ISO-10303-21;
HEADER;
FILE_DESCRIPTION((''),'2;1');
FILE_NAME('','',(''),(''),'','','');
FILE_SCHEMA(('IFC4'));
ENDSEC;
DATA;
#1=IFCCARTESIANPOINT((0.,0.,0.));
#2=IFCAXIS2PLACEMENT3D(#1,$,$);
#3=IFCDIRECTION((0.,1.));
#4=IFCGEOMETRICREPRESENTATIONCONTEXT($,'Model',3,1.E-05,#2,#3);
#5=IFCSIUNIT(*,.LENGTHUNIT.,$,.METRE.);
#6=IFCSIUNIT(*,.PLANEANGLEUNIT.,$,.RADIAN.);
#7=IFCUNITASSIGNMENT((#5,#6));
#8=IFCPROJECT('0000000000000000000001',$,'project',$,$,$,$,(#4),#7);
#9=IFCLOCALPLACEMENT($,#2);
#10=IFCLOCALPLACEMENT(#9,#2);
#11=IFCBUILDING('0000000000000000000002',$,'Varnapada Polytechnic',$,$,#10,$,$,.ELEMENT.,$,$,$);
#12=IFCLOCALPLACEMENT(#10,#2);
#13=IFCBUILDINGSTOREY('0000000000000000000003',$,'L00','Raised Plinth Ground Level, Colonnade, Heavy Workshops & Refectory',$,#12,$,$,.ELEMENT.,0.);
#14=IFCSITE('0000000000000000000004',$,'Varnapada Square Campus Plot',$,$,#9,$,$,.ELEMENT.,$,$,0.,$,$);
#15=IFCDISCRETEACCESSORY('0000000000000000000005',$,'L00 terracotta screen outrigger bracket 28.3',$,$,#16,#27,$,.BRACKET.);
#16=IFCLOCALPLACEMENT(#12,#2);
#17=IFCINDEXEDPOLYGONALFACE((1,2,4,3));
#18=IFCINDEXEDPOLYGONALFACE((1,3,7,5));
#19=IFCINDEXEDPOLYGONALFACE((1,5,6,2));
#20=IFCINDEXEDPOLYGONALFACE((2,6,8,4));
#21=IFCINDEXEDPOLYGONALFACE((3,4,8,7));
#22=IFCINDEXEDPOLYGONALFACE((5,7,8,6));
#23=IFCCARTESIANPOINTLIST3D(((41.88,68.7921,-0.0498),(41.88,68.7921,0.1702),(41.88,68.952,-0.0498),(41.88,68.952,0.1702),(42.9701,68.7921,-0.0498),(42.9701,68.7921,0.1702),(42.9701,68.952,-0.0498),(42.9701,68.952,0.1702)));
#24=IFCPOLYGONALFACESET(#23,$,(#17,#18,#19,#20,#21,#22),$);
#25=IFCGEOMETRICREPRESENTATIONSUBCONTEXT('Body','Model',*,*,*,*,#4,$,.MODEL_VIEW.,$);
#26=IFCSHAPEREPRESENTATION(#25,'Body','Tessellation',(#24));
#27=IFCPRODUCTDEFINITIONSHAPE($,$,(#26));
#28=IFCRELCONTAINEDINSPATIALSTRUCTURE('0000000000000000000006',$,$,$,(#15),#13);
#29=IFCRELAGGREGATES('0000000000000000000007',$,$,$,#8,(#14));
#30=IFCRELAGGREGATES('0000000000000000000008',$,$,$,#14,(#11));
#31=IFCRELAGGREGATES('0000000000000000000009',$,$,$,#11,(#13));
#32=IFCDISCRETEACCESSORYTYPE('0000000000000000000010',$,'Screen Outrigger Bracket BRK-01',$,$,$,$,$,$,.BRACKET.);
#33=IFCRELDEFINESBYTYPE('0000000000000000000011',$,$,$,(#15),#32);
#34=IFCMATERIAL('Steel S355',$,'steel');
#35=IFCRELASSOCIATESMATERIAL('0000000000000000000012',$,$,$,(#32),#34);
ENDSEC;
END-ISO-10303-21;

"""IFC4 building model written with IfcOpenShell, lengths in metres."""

from ifc_helpers import new_model, si_unit, direction, frame, origin, origin_2d, place, context, subcontext, project, spatial, rectangle, extrude, material, type_object, element, save


model = new_model("IFC4")

# Units and contexts
model_context = context("Model", 3, precision=1e-05, world=origin(), true_north=direction((0.0, 1.0)))
body_context = subcontext(model_context, "Body", "Model", "MODEL_VIEW")
ifc_project = project(units=[si_unit("LENGTHUNIT", "METRE"), si_unit("PLANEANGLEUNIT", "RADIAN")], contexts=[model_context])

# Site, building, storey
site_placement = place(None, origin())
site = spatial("IfcSite", under=ifc_project, at=site_placement, Name="Varnapada Square Campus Plot", CompositionType="ELEMENT", RefElevation=0.0)
building_placement = place(site_placement, origin())
building = spatial("IfcBuilding", under=site, at=building_placement, Name="Varnapada Polytechnic", CompositionType="ELEMENT")
storey_placement = place(building_placement, origin())
storey = spatial("IfcBuildingStorey", under=building, at=storey_placement, Name="L00", Description="Raised Plinth Ground Level, Colonnade, Heavy Workshops & Refectory", CompositionType="ELEMENT", Elevation=0.0)

# Discrete accessory
ifc_material_1 = material(Name="Steel S355", Category="steel")
discrete_accessory_type = type_object("IfcDiscreteAccessoryType", Name="Screen Outrigger Bracket BRK-01", PredefinedType="BRACKET", material=ifc_material_1)
for number, where, z_axis, x_axis, name in (
    (1, (42.425, 68.8721, -0.0498), (0.0, 0.0, 1.0), (0.0, -1.0, 0.0), "L00 terracotta screen outrigger bracket 28.3"),
):
    element("IfcDiscreteAccessory", number, at=place(storey_placement, frame(where, z_axis=z_axis, x_axis=x_axis)), inside=storey, type_object=discrete_accessory_type, Name=name, PredefinedType="BRACKET", context=body_context, shape_type="SweptSolid", body=[
        extrude(rectangle(XDim=0.1599, YDim=1.0901, at=origin_2d()), origin(), (0.0, 0.0, 1.0), 0.22),
    ])

save(model, "model.ifc")
